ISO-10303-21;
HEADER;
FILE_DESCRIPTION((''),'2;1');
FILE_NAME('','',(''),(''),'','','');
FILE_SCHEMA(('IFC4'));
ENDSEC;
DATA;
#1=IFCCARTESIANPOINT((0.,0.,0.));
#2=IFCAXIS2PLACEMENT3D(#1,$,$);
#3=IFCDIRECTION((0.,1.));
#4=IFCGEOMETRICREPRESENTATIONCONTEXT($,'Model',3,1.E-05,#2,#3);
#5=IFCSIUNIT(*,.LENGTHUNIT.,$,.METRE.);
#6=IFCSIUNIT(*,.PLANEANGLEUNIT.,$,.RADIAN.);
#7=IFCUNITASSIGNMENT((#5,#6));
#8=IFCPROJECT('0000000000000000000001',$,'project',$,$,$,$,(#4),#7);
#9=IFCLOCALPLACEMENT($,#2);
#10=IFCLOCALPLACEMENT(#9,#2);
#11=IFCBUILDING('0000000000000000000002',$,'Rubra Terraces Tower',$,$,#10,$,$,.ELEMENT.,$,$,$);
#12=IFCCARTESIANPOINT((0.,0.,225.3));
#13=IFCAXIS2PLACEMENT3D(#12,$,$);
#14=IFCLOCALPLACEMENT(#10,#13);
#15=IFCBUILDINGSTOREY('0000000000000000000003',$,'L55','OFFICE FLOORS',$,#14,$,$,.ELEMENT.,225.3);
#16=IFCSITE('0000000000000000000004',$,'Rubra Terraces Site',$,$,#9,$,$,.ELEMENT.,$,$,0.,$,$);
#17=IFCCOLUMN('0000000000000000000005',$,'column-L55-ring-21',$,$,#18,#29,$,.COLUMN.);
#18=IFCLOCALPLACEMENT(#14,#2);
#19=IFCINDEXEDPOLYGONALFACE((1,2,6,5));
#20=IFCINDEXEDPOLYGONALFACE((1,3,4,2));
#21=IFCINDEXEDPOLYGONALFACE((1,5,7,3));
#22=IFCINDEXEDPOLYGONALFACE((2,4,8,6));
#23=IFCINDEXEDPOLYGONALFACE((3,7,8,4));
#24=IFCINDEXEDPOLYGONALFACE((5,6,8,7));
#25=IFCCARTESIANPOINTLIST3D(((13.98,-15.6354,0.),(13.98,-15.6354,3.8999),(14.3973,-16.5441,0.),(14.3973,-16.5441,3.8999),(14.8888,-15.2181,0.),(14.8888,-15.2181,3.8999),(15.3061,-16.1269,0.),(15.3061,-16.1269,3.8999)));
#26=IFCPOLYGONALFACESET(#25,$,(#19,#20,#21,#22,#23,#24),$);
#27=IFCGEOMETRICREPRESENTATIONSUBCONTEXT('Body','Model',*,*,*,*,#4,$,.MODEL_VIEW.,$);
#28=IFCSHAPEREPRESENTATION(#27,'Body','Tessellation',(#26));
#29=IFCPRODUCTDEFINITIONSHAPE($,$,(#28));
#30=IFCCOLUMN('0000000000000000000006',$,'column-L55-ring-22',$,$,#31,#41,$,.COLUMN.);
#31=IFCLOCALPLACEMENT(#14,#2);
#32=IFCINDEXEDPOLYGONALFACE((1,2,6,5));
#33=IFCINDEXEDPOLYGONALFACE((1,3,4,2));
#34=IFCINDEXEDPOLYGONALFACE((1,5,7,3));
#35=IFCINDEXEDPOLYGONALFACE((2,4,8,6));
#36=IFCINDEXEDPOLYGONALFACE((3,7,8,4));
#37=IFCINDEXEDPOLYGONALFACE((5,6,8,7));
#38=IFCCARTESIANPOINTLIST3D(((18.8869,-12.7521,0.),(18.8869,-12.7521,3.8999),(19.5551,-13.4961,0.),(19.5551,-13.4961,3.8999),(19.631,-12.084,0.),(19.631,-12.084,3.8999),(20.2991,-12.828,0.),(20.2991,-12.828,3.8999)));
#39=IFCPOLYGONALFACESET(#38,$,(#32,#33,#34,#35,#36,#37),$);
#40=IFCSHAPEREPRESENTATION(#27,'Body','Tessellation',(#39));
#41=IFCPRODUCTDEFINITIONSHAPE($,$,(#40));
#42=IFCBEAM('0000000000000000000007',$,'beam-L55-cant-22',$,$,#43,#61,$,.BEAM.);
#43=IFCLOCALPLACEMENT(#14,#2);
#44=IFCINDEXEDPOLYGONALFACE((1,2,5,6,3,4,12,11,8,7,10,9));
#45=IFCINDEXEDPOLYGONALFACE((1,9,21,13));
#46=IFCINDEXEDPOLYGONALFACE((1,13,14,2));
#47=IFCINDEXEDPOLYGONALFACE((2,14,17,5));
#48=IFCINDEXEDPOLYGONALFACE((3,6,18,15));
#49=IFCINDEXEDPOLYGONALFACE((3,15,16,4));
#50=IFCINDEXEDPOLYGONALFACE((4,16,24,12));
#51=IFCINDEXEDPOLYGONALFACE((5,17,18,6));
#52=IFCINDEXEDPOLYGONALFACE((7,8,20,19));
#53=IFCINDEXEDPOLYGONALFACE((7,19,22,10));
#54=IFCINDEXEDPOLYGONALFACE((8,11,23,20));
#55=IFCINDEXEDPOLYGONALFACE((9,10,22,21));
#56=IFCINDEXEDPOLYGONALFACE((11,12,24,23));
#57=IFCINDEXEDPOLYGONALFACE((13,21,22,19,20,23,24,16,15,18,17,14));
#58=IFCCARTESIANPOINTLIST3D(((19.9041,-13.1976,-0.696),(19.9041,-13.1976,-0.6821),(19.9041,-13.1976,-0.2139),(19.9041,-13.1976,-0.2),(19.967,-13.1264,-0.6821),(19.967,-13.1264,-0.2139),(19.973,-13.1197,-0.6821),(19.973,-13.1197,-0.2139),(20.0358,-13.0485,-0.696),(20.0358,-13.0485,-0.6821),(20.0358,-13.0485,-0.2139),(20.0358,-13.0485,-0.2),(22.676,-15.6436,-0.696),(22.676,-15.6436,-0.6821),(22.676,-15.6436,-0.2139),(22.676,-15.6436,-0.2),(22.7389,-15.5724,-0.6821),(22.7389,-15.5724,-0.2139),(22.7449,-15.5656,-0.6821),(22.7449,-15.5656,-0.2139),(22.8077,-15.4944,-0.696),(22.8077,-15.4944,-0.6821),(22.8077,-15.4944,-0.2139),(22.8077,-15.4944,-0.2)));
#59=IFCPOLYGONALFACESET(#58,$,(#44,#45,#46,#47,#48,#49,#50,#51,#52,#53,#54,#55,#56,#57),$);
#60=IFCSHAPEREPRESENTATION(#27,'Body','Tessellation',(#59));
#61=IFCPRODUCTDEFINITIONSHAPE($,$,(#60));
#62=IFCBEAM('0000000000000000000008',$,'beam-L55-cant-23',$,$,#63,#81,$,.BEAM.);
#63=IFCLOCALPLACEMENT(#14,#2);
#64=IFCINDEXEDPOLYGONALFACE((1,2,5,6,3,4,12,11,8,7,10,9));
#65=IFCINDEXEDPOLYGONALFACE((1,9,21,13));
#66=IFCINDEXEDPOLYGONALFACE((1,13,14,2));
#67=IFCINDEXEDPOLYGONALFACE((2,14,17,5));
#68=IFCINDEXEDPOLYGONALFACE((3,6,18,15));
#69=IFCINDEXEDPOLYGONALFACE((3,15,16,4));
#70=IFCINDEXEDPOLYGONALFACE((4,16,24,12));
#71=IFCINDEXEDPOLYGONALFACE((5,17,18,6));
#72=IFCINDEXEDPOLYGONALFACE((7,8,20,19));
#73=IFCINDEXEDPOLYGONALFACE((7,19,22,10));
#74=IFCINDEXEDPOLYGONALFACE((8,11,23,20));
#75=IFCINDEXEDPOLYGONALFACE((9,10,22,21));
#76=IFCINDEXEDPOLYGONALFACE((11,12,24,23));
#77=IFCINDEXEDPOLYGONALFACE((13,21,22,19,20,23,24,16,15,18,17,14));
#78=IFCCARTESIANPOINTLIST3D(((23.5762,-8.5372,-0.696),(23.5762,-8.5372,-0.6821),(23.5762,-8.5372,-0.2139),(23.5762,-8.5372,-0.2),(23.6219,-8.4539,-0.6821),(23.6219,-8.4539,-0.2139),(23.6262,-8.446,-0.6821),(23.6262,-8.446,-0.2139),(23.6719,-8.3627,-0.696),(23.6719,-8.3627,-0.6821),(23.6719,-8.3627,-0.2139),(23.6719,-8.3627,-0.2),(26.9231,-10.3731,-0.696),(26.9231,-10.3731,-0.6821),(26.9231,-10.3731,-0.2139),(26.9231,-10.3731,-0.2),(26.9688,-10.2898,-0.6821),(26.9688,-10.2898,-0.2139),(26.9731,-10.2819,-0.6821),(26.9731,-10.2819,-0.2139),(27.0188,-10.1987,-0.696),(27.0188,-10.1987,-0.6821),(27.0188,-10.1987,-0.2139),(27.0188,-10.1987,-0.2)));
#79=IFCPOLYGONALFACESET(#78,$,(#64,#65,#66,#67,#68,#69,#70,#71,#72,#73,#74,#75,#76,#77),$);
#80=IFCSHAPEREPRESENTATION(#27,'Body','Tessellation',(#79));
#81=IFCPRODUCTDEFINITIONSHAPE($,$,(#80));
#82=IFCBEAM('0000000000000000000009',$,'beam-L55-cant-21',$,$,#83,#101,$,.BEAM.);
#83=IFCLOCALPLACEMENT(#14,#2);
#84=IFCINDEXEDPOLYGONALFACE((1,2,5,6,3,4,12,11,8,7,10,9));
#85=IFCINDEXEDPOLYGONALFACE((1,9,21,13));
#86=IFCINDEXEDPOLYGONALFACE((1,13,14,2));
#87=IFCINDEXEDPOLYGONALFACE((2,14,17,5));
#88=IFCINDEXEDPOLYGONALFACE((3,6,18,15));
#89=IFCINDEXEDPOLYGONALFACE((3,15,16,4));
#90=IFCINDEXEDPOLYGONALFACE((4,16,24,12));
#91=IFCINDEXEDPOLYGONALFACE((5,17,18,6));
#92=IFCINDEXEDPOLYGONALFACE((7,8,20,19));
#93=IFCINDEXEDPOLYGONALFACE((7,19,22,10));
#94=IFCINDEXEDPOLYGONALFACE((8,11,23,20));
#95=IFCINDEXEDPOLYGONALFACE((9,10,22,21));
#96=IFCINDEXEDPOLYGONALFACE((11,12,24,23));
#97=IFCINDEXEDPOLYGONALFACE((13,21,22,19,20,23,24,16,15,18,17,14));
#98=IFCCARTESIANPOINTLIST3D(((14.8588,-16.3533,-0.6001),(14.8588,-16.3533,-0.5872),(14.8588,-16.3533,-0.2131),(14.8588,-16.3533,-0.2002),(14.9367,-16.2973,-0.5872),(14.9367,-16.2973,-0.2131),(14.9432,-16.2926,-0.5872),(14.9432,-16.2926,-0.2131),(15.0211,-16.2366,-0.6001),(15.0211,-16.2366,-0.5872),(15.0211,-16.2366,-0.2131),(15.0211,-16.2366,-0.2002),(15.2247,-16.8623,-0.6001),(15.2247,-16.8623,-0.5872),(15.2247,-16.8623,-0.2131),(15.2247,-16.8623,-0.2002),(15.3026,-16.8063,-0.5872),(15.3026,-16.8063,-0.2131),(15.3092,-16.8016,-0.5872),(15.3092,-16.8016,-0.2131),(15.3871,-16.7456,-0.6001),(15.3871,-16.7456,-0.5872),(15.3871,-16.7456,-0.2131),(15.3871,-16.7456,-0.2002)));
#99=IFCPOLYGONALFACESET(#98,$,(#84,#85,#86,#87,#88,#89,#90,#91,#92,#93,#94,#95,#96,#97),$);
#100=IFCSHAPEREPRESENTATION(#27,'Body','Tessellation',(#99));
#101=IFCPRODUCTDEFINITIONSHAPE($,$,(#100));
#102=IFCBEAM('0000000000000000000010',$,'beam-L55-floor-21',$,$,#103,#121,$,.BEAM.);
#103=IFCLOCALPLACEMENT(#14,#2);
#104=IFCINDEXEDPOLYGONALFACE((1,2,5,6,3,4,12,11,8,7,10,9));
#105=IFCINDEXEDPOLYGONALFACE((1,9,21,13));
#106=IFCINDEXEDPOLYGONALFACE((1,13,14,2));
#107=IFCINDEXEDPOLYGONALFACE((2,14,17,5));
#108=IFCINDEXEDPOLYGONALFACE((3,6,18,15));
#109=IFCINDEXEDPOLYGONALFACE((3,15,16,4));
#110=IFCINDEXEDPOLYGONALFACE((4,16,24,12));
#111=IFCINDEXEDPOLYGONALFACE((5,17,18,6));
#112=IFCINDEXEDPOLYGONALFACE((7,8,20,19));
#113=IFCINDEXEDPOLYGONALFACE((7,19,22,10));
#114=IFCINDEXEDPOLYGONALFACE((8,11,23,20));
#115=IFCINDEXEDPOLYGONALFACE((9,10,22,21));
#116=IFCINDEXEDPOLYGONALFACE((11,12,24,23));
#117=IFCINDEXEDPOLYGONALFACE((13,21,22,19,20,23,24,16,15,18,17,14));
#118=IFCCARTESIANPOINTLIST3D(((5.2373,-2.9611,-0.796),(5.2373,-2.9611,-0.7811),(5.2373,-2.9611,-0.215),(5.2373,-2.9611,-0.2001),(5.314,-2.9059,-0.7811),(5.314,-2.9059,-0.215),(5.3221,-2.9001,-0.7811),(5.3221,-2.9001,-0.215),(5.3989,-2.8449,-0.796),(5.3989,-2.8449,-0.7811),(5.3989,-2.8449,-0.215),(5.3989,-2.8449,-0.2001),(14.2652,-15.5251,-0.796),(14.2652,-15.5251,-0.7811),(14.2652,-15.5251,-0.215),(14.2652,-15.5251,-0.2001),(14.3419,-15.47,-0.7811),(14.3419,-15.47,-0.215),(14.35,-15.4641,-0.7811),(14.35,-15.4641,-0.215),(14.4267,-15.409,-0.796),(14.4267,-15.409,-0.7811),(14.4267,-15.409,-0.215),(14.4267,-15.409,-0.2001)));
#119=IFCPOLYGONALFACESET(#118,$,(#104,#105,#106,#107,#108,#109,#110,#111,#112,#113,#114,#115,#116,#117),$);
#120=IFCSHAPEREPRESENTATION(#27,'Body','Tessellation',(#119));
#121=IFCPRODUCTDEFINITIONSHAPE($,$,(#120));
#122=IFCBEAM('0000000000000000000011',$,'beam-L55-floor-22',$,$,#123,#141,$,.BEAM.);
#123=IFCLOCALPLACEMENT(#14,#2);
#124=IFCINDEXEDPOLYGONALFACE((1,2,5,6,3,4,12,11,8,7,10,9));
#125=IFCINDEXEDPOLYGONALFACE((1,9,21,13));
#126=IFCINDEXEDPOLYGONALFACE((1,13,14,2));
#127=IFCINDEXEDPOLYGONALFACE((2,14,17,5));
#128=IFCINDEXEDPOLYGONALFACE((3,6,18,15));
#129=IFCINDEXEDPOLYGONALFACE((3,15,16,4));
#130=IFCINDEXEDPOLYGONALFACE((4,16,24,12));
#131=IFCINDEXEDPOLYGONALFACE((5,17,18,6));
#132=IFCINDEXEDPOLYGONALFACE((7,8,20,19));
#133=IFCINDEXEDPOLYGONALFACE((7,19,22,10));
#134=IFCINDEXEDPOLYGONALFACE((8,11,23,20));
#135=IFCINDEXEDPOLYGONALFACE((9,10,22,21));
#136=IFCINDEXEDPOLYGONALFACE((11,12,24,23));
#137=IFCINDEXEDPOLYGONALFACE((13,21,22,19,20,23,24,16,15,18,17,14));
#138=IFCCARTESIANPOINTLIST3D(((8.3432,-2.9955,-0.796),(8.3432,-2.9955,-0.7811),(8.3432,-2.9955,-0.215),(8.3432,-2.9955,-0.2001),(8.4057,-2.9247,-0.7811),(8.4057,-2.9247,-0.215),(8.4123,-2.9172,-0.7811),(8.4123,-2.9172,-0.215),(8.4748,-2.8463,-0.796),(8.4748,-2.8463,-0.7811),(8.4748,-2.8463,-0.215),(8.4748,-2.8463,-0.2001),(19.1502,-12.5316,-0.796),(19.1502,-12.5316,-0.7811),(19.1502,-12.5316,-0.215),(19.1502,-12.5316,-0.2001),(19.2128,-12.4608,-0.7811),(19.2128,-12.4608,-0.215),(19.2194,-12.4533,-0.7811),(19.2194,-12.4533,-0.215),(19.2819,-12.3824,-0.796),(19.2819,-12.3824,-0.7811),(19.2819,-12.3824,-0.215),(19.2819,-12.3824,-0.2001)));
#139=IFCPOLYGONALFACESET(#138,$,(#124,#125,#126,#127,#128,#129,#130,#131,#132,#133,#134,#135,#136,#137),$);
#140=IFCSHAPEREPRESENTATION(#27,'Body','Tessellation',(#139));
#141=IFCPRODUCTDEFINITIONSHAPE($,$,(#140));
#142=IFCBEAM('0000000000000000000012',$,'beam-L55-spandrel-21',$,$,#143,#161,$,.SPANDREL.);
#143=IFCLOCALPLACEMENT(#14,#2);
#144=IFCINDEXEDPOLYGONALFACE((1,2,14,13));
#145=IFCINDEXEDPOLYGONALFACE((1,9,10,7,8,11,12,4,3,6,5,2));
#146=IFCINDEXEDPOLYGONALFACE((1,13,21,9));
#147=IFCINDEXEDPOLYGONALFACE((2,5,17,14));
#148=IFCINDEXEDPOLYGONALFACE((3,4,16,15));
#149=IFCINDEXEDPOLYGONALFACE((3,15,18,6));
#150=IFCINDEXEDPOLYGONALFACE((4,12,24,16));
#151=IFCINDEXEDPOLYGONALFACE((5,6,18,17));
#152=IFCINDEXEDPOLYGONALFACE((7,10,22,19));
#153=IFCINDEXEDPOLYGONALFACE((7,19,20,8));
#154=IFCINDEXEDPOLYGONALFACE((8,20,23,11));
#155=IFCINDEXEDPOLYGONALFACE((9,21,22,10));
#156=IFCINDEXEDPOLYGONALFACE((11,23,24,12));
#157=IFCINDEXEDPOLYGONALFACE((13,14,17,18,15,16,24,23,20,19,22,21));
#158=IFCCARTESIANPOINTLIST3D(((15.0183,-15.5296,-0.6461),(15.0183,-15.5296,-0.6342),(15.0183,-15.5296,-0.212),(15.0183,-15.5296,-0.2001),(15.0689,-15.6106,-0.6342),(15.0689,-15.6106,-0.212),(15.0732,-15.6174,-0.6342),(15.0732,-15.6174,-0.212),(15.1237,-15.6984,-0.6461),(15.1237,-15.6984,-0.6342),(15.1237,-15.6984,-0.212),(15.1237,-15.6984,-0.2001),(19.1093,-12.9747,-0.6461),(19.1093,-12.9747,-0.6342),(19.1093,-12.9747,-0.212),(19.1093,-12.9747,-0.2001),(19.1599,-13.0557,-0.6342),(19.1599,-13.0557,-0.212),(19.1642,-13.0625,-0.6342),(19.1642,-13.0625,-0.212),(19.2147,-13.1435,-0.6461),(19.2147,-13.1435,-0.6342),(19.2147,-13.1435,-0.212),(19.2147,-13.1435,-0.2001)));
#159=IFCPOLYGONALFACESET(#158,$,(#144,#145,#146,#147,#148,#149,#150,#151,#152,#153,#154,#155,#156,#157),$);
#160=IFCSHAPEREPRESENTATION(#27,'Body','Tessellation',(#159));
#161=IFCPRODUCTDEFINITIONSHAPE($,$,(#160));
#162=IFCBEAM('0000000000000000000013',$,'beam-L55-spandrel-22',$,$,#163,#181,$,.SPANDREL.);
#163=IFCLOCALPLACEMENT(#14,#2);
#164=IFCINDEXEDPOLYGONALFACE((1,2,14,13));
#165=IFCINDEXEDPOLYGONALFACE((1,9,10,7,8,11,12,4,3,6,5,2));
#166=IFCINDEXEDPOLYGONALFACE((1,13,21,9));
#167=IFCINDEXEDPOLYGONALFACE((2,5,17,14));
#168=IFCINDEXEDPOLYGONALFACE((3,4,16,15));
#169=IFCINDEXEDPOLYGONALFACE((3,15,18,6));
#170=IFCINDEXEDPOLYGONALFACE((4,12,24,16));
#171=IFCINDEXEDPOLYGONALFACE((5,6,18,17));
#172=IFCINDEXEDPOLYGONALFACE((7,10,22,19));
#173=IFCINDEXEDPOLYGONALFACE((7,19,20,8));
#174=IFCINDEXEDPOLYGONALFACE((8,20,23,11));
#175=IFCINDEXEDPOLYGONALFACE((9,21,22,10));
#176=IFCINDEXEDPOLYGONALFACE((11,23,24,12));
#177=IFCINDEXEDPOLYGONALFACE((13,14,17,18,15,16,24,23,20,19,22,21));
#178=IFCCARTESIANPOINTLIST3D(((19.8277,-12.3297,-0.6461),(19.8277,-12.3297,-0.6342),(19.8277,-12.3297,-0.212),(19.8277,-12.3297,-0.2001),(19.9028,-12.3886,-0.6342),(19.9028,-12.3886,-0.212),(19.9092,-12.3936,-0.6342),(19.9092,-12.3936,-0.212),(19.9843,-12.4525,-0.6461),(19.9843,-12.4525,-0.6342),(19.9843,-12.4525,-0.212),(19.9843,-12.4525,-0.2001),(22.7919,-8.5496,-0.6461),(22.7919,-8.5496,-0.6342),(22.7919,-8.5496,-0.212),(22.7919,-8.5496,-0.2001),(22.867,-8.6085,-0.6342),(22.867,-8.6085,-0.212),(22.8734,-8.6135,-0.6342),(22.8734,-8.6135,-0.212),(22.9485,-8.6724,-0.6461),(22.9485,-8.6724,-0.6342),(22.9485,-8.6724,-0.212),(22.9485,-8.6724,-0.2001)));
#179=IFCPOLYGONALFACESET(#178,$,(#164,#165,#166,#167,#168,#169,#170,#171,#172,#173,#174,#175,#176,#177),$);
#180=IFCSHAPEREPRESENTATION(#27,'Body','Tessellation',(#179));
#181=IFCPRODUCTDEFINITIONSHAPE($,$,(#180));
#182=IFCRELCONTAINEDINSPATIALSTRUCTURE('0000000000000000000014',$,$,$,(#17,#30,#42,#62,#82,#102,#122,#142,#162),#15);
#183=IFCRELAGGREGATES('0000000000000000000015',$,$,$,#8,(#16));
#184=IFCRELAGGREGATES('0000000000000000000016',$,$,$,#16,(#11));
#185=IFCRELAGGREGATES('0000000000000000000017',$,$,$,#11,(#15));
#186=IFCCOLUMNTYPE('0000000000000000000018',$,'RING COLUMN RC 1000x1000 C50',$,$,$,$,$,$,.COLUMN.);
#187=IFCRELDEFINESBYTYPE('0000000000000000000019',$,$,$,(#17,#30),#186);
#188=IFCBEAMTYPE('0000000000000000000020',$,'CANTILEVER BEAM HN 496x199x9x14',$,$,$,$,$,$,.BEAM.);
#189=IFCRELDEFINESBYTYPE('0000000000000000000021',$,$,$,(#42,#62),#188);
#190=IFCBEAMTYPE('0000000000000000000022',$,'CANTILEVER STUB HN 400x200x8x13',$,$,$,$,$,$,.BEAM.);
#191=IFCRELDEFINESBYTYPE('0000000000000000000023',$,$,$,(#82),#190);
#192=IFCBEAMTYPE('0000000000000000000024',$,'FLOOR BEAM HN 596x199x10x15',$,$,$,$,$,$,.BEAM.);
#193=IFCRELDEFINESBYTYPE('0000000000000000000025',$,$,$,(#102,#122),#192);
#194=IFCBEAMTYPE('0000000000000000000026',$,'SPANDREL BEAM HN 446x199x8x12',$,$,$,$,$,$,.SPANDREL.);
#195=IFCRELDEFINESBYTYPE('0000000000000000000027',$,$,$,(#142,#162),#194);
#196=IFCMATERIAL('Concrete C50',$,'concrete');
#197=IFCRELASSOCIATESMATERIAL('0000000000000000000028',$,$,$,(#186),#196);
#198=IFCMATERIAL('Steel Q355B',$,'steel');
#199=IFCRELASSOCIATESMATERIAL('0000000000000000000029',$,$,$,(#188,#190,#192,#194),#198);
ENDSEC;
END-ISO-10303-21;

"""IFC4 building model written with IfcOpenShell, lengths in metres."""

from ifc_helpers import new_model, si_unit, direction, frame, origin, origin_2d, place, context, subcontext, project, spatial, rectangle, i_section, extrude, material, material_profile, profile_set, type_object, element, save


model = new_model("IFC4")

# Units and contexts
model_context = context("Model", 3, precision=1e-05, world=origin(), true_north=direction((0.0, 1.0)))
body_context = subcontext(model_context, "Body", "Model", "MODEL_VIEW")
ifc_project = project(units=[si_unit("LENGTHUNIT", "METRE"), si_unit("PLANEANGLEUNIT", "RADIAN")], contexts=[model_context])

# Site, building, storey
site_placement = place(None, origin())
site = spatial("IfcSite", under=ifc_project, at=site_placement, Name="Rubra Terraces Site", CompositionType="ELEMENT", RefElevation=0.0)
building_placement = place(site_placement, origin())
building = spatial("IfcBuilding", under=site, at=building_placement, Name="Rubra Terraces Tower", CompositionType="ELEMENT")
storey_placement = place(building_placement, frame((0.0, 0.0, 225.3)))
storey = spatial("IfcBuildingStorey", under=building, at=storey_placement, Name="L55", Description="OFFICE FLOORS", CompositionType="ELEMENT", Elevation=225.3)

# Columns
ifc_material_1 = material(Name="Concrete C50", Category="concrete")
ifc_material_profile_1 = material_profile(ifc_material_1, rectangle(XDim=1.0, YDim=1.0, at=origin_2d()), Name="RC 1000x1000")
ifc_profile_set_1 = profile_set([ifc_material_profile_1], Name="Concrete C50")
column_type = type_object("IfcColumnType", Name="RING COLUMN RC 1000x1000 C50", PredefinedType="COLUMN", material=ifc_profile_set_1)
for number, where, z_axis, x_axis, name in (
    (1, (14.6431, -15.8811, 0.0), (0.0, 0.0, 1.0), (0.908779, 0.417279, 0.0), "column-L55-ring-21"),
    (2, (19.593, -12.79, 0.0), (0.0, 0.0, 1.0), (0.744021, 0.668156, 0.0), "column-L55-ring-22"),
):
    element("IfcColumn", number, at=place(storey_placement, frame(where, z_axis=z_axis, x_axis=x_axis)), inside=storey, type_object=column_type, Name=name, PredefinedType="COLUMN", context=body_context, shape_type="SweptSolid", body=[
        extrude(rectangle(XDim=1.0, YDim=1.0, at=origin_2d()), origin(), (0.0, 0.0, 1.0), 3.8999),
    ])

# Beams
ifc_material_2 = material(Name="Steel Q355B", Category="steel")
ifc_material_profile_2 = material_profile(ifc_material_2, i_section(OverallWidth=0.199, OverallDepth=0.4961, WebThickness=0.009, FlangeThickness=0.0139, at=origin_2d()), Name="HN 496x199x9x14")
ifc_profile_set_2 = profile_set([ifc_material_profile_2], Name="Steel Q355B")
beam_type_1 = type_object("IfcBeamType", Name="CANTILEVER BEAM HN 496x199x9x14", PredefinedType="BEAM", material=ifc_profile_set_2)
beam_1_placement = place(storey_placement, frame((19.97, -13.123, -0.448), z_axis=(0.749813, -0.66165, 0.0), x_axis=(0.66165, 0.749813, 0.0)))
element("IfcBeam", 3, at=beam_1_placement, inside=storey, type_object=beam_type_1, Name="beam-L55-cant-22", PredefinedType="BEAM", context=body_context, shape_type="SweptSolid", body=[
    extrude(i_section(OverallWidth=0.199, OverallDepth=0.4961, WebThickness=0.009, FlangeThickness=0.0139, at=origin_2d()), origin(), (0.0, 0.0, 1.0), 3.6968),
])
beam_2_placement = place(storey_placement, frame((23.624, -8.45, -0.448), z_axis=(0.876754, -0.480939, 0.0), x_axis=(0.480939, 0.876754, 0.0)))
element("IfcBeam", 4, at=beam_2_placement, inside=storey, type_object=beam_type_1, Name="beam-L55-cant-23", PredefinedType="BEAM", context=body_context, shape_type="SweptSolid", body=[
    extrude(i_section(OverallWidth=0.199, OverallDepth=0.4961, WebThickness=0.009, FlangeThickness=0.0139, at=origin_2d()), origin(), (0.0, 0.0, 1.0), 3.8174),
])
ifc_material_profile_3 = material_profile(ifc_material_2, i_section(OverallWidth=0.2, OverallDepth=0.3999, WebThickness=0.0081, FlangeThickness=0.0129, at=origin_2d()), Name="HN 400x200x8x13")
ifc_profile_set_3 = profile_set([ifc_material_profile_3], Name="Steel Q355B")
beam_type_2 = type_object("IfcBeamType", Name="CANTILEVER STUB HN 400x200x8x13", PredefinedType="BEAM", material=ifc_profile_set_3)
beam_3_placement = place(storey_placement, frame((14.9399, -16.2949, -0.4001), z_axis=(0.58374, -0.81194, 0.0), x_axis=(0.81194, 0.58374, 0.0)))
element("IfcBeam", 5, at=beam_3_placement, inside=storey, type_object=beam_type_2, Name="beam-L55-cant-21", PredefinedType="BEAM", context=body_context, shape_type="SweptSolid", body=[
    extrude(i_section(OverallWidth=0.2, OverallDepth=0.3999, WebThickness=0.0081, FlangeThickness=0.0129, at=origin_2d()), origin(), (0.0, 0.0, 1.0), 0.627),
])
ifc_material_profile_4 = material_profile(ifc_material_2, i_section(OverallWidth=0.199, OverallDepth=0.5959, WebThickness=0.01, FlangeThickness=0.0149, at=origin_2d()), Name="HN 596x199x10x15")
ifc_profile_set_4 = profile_set([ifc_material_profile_4], Name="Steel Q355B")
beam_type_3 = type_object("IfcBeamType", Name="FLOOR BEAM HN 596x199x10x15", PredefinedType="BEAM", material=ifc_profile_set_4)
beam_4_placement = place(storey_placement, frame((14.3459, -15.467, -0.498), z_axis=(-0.583529, 0.812092, 0.0), x_axis=(-0.812092, -0.583529, 0.0)))
element("IfcBeam", 6, at=beam_4_placement, inside=storey, type_object=beam_type_3, Name="beam-L55-floor-21", PredefinedType="BEAM", context=body_context, shape_type="SweptSolid", body=[
    extrude(i_section(OverallWidth=0.199, OverallDepth=0.5959, WebThickness=0.01, FlangeThickness=0.0149, at=origin_2d()), origin(), (0.0, 0.0, 1.0), 15.4712),
])
beam_5_placement = place(storey_placement, frame((19.2161, -12.457, -0.498), z_axis=(-0.749823, 0.661638, 0.0), x_axis=(-0.661638, -0.749823, 0.0)))
element("IfcBeam", 7, at=beam_5_placement, inside=storey, type_object=beam_type_3, Name="beam-L55-floor-22", PredefinedType="BEAM", context=body_context, shape_type="SweptSolid", body=[
    extrude(i_section(OverallWidth=0.199, OverallDepth=0.5959, WebThickness=0.01, FlangeThickness=0.0149, at=origin_2d()), origin(), (0.0, 0.0, 1.0), 14.4128),
])
ifc_material_profile_5 = material_profile(ifc_material_2, i_section(OverallWidth=0.199, OverallDepth=0.446, WebThickness=0.0081, FlangeThickness=0.012, at=origin_2d()), Name="HN 446x199x8x12")
ifc_profile_set_5 = profile_set([ifc_material_profile_5], Name="Steel Q355B")
beam_type_4 = type_object("IfcBeamType", Name="SPANDREL BEAM HN 446x199x8x12", PredefinedType="SPANDREL", material=ifc_profile_set_5)
beam_6_placement = place(storey_placement, frame((15.071, -15.614, -0.4231), z_axis=(0.848183, 0.529703, 0.0), x_axis=(-0.529703, 0.848183, 0.0)))
element("IfcBeam", 8, at=beam_6_placement, inside=storey, type_object=beam_type_4, Name="beam-L55-spandrel-21", PredefinedType="SPANDREL", context=body_context, shape_type="SweptSolid", body=[
    extrude(i_section(OverallWidth=0.199, OverallDepth=0.446, WebThickness=0.0081, FlangeThickness=0.012, at=origin_2d()), origin(), (0.0, 0.0, 1.0), 4.8232),
])
beam_7_placement = place(storey_placement, frame((19.906, -12.3911, -0.4231), z_axis=(0.61706, 0.786916, 0.0), x_axis=(-0.786916, 0.61706, 0.0)))
element("IfcBeam", 9, at=beam_7_placement, inside=storey, type_object=beam_type_4, Name="beam-L55-spandrel-22", PredefinedType="SPANDREL", context=body_context, shape_type="SweptSolid", body=[
    extrude(i_section(OverallWidth=0.199, OverallDepth=0.446, WebThickness=0.0081, FlangeThickness=0.012, at=origin_2d()), origin(), (0.0, 0.0, 1.0), 4.8037),
])

save(model, "model.ifc")
